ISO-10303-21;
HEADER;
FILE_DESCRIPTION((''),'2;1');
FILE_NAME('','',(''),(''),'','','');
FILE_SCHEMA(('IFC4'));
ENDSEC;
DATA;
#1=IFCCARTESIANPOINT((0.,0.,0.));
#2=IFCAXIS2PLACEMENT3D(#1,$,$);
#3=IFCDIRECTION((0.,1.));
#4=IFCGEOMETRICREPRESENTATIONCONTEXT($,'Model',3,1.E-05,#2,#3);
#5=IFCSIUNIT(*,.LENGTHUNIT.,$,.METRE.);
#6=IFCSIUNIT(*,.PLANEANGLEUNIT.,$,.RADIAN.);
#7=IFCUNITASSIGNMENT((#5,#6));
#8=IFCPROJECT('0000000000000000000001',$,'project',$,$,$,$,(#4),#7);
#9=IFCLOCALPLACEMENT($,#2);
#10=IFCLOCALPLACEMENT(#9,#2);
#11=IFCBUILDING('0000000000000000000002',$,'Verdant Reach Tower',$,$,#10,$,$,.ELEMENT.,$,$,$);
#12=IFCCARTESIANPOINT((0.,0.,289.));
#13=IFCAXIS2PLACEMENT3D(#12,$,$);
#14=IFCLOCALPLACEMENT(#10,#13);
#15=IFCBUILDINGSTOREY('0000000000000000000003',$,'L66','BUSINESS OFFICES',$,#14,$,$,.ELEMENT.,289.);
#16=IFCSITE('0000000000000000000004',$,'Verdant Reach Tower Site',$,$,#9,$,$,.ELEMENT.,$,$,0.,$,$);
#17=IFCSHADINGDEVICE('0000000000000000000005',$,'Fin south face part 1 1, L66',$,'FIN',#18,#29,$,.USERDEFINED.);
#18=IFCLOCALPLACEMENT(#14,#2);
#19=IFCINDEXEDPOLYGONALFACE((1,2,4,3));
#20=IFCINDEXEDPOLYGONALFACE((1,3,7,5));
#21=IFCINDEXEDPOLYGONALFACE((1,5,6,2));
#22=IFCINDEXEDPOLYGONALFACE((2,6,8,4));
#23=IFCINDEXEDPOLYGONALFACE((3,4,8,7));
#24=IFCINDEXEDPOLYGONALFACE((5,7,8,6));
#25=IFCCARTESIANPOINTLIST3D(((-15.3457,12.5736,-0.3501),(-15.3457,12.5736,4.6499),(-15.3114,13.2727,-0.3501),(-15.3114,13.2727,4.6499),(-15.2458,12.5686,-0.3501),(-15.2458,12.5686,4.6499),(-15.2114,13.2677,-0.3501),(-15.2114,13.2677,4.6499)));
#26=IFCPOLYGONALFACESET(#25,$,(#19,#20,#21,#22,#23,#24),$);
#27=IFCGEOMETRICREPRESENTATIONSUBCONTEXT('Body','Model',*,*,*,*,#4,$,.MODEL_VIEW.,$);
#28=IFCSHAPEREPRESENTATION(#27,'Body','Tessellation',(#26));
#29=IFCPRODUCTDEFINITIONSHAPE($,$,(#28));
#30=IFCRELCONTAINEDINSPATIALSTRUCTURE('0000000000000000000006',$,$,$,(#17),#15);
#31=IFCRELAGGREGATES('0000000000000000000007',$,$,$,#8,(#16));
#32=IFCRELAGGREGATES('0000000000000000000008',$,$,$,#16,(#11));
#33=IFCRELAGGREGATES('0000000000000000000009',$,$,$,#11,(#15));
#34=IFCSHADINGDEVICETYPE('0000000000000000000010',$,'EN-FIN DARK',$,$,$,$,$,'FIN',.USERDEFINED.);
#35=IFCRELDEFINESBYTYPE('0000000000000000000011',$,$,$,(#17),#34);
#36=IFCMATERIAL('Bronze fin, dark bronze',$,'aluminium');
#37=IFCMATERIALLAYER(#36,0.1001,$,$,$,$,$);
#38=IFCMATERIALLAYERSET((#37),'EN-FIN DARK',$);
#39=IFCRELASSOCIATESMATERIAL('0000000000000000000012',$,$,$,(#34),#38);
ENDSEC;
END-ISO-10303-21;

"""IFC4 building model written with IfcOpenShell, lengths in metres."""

from ifc_helpers import new_model, si_unit, direction, frame, origin, origin_2d, place, context, subcontext, project, spatial, rectangle, extrude, material, layer, layer_set, type_object, element, save


model = new_model("IFC4")

# Units and contexts
model_context = context("Model", 3, precision=1e-05, world=origin(), true_north=direction((0.0, 1.0)))
body_context = subcontext(model_context, "Body", "Model", "MODEL_VIEW")
ifc_project = project(units=[si_unit("LENGTHUNIT", "METRE"), si_unit("PLANEANGLEUNIT", "RADIAN")], contexts=[model_context])

# Site, building, storey
site_placement = place(None, origin())
site = spatial("IfcSite", under=ifc_project, at=site_placement, Name="Verdant Reach Tower Site", CompositionType="ELEMENT", RefElevation=0.0)
building_placement = place(site_placement, origin())
building = spatial("IfcBuilding", under=site, at=building_placement, Name="Verdant Reach Tower", CompositionType="ELEMENT")
storey_placement = place(building_placement, frame((0.0, 0.0, 289.0)))
storey = spatial("IfcBuildingStorey", under=building, at=storey_placement, Name="L66", Description="BUSINESS OFFICES", CompositionType="ELEMENT", Elevation=289.0)

# Shading device
ifc_material_1 = material(Name="Bronze fin, dark bronze", Category="aluminium")
ifc_layer_1 = layer(ifc_material_1, 0.1001)
ifc_layer_set_1 = layer_set([ifc_layer_1], Name="EN-FIN DARK")
shading_device_type_1 = type_object("IfcShadingDeviceType", Name="EN-FIN DARK", ElementType="FIN", PredefinedType="USERDEFINED", material=ifc_layer_set_1)
for number, where, z_axis, x_axis, name in (
    (1, (-15.2786, 12.9207, -0.3501), (0.0, 0.0, 1.0), (0.998793, -0.049128, 0.0), "Fin south face part 1 1, L66"),
):
    element("IfcShadingDevice", number, at=place(storey_placement, frame(where, z_axis=z_axis, x_axis=x_axis)), inside=storey, type_object=shading_device_type_1, Name=name, ObjectType="FIN", PredefinedType="USERDEFINED", context=body_context, shape_type="SweptSolid", body=[
        extrude(rectangle(XDim=0.1001, YDim=0.7, at=origin_2d()), origin(), (0.0, 0.0, 1.0), 5.0),
    ])

save(model, "model.ifc")
